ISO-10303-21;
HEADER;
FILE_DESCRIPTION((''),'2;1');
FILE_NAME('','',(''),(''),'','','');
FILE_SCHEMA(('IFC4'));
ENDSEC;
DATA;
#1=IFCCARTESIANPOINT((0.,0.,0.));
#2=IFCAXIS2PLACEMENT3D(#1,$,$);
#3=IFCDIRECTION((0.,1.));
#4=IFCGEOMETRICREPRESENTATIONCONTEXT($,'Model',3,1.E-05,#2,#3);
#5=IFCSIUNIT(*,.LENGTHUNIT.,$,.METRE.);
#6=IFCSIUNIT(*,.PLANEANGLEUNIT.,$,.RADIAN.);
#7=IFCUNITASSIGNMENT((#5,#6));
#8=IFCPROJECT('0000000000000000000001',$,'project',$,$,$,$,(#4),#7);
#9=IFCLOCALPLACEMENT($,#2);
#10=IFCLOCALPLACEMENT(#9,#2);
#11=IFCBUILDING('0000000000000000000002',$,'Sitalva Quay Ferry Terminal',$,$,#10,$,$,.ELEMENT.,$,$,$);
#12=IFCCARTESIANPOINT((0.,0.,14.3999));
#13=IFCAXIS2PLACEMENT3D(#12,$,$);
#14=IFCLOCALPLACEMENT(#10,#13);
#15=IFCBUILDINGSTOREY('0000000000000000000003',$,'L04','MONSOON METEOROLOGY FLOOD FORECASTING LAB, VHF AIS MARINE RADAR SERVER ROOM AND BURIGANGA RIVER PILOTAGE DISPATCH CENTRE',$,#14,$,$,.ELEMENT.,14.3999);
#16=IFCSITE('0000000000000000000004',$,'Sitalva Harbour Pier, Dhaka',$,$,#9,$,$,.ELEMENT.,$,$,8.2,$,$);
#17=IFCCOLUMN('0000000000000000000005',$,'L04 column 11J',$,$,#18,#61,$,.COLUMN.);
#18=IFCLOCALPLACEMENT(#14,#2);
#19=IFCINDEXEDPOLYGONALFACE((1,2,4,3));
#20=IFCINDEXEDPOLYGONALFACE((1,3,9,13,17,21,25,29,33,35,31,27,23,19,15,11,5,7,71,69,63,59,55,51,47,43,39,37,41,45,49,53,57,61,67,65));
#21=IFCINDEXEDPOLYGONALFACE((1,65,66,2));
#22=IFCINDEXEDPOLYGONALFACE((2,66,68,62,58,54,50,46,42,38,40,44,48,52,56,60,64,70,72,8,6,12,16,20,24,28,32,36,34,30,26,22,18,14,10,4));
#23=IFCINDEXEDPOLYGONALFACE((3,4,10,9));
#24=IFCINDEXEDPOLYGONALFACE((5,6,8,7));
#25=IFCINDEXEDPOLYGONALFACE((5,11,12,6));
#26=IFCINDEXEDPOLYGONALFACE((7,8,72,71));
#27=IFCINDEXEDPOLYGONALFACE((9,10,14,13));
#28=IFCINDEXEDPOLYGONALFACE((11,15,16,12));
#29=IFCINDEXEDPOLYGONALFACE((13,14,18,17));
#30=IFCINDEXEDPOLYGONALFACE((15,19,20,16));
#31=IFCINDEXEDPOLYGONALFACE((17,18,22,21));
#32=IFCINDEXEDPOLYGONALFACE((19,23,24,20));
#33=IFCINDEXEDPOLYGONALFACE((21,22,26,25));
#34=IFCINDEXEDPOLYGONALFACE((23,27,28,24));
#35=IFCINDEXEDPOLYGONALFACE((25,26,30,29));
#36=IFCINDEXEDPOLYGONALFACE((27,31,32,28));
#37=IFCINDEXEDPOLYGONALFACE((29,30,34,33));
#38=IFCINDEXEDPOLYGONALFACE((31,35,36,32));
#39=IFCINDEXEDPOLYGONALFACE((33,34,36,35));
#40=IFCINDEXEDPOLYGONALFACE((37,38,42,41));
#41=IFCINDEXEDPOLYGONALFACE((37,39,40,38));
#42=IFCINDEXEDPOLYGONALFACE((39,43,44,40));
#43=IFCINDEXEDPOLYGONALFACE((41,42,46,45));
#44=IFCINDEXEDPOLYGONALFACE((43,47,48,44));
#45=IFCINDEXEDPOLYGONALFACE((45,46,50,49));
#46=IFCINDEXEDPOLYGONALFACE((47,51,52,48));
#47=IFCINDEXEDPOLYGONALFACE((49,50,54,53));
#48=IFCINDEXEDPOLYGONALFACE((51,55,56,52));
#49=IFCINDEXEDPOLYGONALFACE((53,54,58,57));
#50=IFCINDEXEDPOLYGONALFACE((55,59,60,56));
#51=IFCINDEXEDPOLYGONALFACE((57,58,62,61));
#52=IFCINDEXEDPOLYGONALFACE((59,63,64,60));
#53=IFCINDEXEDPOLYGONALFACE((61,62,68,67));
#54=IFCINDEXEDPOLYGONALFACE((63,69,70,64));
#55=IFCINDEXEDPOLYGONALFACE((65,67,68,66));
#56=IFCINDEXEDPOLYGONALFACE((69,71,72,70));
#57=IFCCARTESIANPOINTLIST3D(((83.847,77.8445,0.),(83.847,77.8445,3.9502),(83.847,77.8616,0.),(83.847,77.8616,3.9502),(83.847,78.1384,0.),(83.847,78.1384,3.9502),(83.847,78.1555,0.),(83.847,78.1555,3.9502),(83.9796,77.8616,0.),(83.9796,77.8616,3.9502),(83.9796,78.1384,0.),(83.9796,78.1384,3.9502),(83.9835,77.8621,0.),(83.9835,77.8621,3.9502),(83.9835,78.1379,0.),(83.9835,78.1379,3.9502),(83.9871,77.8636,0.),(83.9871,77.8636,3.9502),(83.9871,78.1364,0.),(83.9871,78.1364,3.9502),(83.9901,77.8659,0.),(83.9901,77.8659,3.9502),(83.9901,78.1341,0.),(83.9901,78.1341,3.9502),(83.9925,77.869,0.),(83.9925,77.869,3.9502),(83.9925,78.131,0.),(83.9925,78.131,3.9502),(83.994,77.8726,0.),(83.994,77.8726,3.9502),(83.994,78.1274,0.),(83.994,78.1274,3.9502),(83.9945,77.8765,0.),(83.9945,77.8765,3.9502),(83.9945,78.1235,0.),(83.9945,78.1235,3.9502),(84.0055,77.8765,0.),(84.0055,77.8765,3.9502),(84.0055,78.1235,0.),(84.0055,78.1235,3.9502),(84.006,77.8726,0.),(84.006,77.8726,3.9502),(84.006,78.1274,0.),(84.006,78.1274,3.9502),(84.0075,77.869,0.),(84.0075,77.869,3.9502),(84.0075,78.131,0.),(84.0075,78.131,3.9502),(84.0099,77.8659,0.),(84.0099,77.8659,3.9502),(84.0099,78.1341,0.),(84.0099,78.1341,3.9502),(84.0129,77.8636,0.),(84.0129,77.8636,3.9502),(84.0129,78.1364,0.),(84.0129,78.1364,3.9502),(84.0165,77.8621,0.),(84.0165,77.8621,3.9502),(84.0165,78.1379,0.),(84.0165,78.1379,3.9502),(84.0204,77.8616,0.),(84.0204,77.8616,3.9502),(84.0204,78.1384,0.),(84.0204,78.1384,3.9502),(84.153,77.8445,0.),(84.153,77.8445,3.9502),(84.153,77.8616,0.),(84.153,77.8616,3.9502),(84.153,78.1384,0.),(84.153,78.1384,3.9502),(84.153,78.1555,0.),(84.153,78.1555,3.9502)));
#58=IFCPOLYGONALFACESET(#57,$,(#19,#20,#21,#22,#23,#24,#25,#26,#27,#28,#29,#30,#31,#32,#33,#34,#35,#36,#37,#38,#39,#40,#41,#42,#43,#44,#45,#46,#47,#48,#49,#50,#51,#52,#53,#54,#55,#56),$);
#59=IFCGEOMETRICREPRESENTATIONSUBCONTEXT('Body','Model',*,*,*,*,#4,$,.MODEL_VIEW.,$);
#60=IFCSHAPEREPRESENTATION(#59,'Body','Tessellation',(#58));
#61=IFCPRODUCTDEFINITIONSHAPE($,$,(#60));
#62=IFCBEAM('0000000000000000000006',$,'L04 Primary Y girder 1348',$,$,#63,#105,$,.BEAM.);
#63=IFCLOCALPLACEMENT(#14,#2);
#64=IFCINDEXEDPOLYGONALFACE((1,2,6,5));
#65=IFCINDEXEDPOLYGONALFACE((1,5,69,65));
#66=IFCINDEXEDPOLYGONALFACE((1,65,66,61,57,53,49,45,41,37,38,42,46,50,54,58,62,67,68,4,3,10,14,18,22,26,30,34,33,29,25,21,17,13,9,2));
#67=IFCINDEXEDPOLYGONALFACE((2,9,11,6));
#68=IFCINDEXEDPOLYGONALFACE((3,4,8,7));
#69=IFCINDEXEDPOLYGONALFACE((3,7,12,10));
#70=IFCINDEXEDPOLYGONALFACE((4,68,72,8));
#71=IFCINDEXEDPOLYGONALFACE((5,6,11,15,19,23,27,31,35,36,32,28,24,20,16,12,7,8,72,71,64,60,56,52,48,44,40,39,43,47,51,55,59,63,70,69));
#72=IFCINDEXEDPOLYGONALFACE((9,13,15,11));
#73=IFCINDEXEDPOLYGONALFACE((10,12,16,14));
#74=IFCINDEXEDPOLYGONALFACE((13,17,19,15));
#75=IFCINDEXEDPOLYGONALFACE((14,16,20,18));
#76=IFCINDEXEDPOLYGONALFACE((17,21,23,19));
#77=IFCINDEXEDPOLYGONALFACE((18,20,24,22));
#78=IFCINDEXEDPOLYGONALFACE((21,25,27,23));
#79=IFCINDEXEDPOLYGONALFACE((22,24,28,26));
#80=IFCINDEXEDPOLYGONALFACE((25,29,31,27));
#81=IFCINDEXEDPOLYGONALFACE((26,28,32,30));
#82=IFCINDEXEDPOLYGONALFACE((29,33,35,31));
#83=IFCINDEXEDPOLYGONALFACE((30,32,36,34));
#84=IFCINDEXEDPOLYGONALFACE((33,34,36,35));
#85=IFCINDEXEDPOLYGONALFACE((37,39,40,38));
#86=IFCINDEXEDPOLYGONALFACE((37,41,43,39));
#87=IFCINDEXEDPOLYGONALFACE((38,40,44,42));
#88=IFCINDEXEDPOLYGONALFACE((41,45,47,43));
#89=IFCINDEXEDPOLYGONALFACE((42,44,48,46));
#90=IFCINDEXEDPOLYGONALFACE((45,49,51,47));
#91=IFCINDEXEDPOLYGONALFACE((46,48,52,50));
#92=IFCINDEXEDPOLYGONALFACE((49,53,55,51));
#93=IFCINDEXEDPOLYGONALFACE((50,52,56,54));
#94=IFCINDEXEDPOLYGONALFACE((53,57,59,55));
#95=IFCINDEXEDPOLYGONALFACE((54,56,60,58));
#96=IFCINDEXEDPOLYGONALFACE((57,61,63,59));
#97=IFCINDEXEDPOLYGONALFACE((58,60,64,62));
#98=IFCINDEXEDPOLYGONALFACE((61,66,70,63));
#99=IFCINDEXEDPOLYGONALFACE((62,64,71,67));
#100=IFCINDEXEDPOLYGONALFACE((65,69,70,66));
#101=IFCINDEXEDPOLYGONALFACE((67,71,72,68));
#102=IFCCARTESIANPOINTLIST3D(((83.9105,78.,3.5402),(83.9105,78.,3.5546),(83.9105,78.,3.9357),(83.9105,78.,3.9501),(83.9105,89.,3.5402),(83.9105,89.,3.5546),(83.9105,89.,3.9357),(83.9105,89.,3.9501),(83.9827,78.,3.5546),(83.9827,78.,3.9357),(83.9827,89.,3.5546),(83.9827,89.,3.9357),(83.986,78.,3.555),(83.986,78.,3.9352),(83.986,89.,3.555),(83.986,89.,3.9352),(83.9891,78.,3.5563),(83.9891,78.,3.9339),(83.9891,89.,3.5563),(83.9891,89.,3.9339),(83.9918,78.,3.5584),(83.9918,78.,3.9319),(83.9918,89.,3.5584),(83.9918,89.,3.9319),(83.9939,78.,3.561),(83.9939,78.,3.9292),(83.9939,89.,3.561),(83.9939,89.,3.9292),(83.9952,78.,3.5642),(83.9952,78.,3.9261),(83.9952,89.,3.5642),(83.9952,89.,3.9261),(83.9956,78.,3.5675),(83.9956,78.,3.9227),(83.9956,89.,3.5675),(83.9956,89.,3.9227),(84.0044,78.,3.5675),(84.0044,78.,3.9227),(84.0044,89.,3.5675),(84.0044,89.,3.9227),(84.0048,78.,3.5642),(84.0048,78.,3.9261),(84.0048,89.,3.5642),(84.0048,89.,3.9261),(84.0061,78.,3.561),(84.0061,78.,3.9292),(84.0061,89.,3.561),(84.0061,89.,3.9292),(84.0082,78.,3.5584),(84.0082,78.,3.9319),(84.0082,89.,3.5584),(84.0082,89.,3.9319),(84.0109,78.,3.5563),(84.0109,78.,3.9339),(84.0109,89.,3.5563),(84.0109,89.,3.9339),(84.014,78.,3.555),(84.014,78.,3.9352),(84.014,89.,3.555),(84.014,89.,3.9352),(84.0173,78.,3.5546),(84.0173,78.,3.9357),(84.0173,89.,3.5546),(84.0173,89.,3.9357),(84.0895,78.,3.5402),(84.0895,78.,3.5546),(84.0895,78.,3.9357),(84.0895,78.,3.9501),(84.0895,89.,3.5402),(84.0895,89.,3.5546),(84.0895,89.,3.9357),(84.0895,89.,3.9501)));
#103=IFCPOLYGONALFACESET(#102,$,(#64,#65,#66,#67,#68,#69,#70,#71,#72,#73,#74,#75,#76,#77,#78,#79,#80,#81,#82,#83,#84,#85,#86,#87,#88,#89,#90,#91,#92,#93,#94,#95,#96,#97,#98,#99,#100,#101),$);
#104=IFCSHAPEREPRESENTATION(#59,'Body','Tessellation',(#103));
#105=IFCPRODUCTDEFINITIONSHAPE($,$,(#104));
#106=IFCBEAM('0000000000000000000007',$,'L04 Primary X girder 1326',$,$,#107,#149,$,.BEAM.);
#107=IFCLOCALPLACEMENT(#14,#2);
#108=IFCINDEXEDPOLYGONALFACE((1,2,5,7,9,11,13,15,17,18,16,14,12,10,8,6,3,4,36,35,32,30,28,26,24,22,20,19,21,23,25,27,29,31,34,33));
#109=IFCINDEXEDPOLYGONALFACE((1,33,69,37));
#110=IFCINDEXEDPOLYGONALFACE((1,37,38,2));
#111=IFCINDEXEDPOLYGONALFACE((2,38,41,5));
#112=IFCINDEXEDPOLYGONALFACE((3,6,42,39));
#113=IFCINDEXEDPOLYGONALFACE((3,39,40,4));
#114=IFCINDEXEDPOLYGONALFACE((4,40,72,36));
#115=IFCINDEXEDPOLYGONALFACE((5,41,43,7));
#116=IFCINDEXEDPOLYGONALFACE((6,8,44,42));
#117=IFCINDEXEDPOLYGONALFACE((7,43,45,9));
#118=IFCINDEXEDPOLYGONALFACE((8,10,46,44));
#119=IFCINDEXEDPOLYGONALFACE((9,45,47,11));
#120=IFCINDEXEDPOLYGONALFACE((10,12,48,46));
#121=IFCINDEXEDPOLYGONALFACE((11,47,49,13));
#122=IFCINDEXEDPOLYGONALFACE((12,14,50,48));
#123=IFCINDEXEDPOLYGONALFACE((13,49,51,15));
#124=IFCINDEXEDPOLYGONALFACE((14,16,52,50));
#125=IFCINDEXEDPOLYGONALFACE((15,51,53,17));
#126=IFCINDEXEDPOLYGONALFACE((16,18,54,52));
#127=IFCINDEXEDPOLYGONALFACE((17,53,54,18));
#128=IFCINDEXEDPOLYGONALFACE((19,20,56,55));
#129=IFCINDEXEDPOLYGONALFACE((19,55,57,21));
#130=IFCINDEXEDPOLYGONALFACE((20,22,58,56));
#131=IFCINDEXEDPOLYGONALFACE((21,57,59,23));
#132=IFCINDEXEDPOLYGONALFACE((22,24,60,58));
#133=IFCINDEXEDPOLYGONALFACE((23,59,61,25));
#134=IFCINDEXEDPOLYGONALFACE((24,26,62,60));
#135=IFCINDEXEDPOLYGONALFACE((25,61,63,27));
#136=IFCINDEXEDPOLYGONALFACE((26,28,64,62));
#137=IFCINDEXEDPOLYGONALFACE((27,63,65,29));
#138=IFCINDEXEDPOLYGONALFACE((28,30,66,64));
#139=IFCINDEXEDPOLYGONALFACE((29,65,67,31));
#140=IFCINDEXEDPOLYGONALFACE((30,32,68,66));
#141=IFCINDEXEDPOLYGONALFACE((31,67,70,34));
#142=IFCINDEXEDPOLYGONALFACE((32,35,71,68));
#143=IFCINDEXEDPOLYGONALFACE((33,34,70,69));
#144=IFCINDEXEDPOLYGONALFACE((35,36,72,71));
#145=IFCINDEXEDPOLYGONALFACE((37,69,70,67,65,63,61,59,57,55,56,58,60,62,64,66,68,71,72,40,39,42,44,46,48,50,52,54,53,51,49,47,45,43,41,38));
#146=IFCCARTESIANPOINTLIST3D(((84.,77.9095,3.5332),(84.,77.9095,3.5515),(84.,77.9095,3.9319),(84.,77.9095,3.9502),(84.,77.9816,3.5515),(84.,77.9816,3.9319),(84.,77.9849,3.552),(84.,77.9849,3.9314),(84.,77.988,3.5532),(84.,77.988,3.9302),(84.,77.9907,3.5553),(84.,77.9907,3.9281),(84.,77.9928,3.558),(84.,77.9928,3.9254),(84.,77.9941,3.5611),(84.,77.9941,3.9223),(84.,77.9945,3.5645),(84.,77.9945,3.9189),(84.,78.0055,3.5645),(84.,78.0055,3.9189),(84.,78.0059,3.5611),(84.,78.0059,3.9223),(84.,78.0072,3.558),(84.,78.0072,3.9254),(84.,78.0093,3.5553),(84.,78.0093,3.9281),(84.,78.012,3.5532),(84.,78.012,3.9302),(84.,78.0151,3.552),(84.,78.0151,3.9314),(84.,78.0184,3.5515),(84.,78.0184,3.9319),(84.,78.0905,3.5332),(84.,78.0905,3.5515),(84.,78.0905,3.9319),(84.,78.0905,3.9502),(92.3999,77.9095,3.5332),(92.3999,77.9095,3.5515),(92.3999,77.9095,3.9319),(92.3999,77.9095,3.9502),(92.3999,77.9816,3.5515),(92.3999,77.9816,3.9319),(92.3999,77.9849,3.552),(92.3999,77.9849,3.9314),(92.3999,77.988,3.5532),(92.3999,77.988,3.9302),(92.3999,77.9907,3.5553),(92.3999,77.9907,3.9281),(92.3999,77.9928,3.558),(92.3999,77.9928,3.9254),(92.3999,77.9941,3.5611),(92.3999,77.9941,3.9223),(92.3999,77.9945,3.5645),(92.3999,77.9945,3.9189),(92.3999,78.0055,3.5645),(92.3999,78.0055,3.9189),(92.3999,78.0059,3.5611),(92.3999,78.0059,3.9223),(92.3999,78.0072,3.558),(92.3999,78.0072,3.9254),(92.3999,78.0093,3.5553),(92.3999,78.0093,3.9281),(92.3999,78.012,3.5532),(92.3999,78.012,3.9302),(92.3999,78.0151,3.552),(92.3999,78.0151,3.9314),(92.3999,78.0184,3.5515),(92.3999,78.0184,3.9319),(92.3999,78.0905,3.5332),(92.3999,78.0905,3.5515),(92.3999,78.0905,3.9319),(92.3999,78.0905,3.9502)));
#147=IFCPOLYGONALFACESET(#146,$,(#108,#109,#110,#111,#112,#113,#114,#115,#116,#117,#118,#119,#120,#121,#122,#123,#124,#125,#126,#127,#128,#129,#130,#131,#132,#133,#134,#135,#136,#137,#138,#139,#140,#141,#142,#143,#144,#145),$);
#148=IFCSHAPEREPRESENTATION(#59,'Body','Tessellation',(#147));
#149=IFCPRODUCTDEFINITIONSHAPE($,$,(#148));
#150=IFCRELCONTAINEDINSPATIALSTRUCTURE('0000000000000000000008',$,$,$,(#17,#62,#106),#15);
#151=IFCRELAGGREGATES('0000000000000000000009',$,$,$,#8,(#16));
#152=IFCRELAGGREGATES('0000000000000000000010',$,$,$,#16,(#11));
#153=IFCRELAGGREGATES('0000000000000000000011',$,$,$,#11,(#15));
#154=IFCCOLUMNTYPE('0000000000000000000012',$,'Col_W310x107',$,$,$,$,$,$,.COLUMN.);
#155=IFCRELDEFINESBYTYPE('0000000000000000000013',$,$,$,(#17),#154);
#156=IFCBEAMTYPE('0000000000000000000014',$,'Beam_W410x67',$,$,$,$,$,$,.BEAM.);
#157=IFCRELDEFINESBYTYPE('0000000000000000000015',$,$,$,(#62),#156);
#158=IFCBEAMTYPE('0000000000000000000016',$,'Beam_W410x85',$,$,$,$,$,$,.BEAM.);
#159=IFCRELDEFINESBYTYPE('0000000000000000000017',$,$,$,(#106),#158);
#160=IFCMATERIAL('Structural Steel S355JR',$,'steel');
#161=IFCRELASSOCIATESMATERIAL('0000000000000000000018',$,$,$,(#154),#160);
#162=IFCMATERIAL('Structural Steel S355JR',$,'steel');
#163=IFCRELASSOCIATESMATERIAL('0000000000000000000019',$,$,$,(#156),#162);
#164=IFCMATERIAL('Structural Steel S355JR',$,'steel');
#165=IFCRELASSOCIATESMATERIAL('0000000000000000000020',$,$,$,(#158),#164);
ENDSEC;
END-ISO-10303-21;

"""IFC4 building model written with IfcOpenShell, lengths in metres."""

from ifc_helpers import new_model, si_unit, direction, frame, origin, origin_2d, place, context, subcontext, project, spatial, i_section, extrude, material, material_profile, profile_set, type_object, element, save


model = new_model("IFC4")

# Units and contexts
model_context = context("Model", 3, precision=1e-05, world=origin(), true_north=direction((0.0, 1.0)))
body_context = subcontext(model_context, "Body", "Model", "MODEL_VIEW")
ifc_project = project(units=[si_unit("LENGTHUNIT", "METRE"), si_unit("PLANEANGLEUNIT", "RADIAN")], contexts=[model_context])

# Site, building, storey
site_placement = place(None, origin())
site = spatial("IfcSite", under=ifc_project, at=site_placement, Name="Sitalva Harbour Pier, Dhaka", CompositionType="ELEMENT", RefElevation=8.2)
building_placement = place(site_placement, origin())
building = spatial("IfcBuilding", under=site, at=building_placement, Name="Sitalva Quay Ferry Terminal", CompositionType="ELEMENT")
storey_placement = place(building_placement, frame((0.0, 0.0, 14.3999)))
storey = spatial("IfcBuildingStorey", under=building, at=storey_placement, Name="L04", Description="MONSOON METEOROLOGY FLOOD FORECASTING LAB, VHF AIS MARINE RADAR SERVER ROOM AND BURIGANGA RIVER PILOTAGE DISPATCH CENTRE", CompositionType="ELEMENT", Elevation=14.3999)

# Column
ifc_material_1 = material(Name="Structural Steel S355JR", Category="steel")
ifc_material_profile_1 = material_profile(ifc_material_1, i_section(OverallWidth=0.3059, OverallDepth=0.311, WebThickness=0.011, FlangeThickness=0.0171, FilletRadius=0.0149, at=origin_2d()), Name="W310x107")
ifc_profile_set_1 = profile_set([ifc_material_profile_1], Name="Structural Steel S355JR")
column_type = type_object("IfcColumnType", Name="Col_W310x107", PredefinedType="COLUMN", material=ifc_profile_set_1)
column_placement = place(storey_placement, frame((84.0, 78.0, 0.0), z_axis=(0.0, 0.0, 1.0), x_axis=(1.0, 0.0, 0.0)))
element("IfcColumn", 1, at=column_placement, inside=storey, type_object=column_type, Name="L04 column 11J", PredefinedType="COLUMN", context=body_context, shape_type="SweptSolid", body=[
    extrude(i_section(OverallWidth=0.3059, OverallDepth=0.311, WebThickness=0.011, FlangeThickness=0.0171, FilletRadius=0.0149, at=origin_2d()), origin(), (0.0, 0.0, 1.0), 3.9502),
])

# Beams
ifc_material_2 = material(Name="Structural Steel S355JR", Category="steel")
ifc_material_profile_2 = material_profile(ifc_material_2, i_section(OverallWidth=0.179, OverallDepth=0.4099, WebThickness=0.0088, FlangeThickness=0.0144, FilletRadius=0.0129, at=origin_2d()), Name="W410x67")
ifc_profile_set_2 = profile_set([ifc_material_profile_2], Name="Structural Steel S355JR")
beam_type_1 = type_object("IfcBeamType", Name="Beam_W410x67", PredefinedType="BEAM", material=ifc_profile_set_2)
beam_1_placement = place(storey_placement, frame((84.0, 78.0, 3.7451), z_axis=(0.0, 1.0, 0.0), x_axis=(-1.0, 0.0, 0.0)))
element("IfcBeam", 2, at=beam_1_placement, inside=storey, type_object=beam_type_1, Name="L04 Primary Y girder 1348", PredefinedType="BEAM", context=body_context, shape_type="SweptSolid", body=[
    extrude(i_section(OverallWidth=0.179, OverallDepth=0.4099, WebThickness=0.0088, FlangeThickness=0.0144, FilletRadius=0.0129, at=origin_2d()), origin(), (0.0, 0.0, 1.0), 11.0),
])
ifc_material_3 = material(Name="Structural Steel S355JR", Category="steel")
ifc_material_profile_3 = material_profile(ifc_material_3, i_section(OverallWidth=0.1809, OverallDepth=0.417, WebThickness=0.011, FlangeThickness=0.0183, FilletRadius=0.0129, at=origin_2d()), Name="W410x85")
ifc_profile_set_3 = profile_set([ifc_material_profile_3], Name="Structural Steel S355JR")
beam_type_2 = type_object("IfcBeamType", Name="Beam_W410x85", PredefinedType="BEAM", material=ifc_profile_set_3)
beam_2_placement = place(storey_placement, frame((84.0, 78.0, 3.7417), z_axis=(1.0, 0.0, 0.0), x_axis=(0.0, 1.0, 0.0)))
element("IfcBeam", 3, at=beam_2_placement, inside=storey, type_object=beam_type_2, Name="L04 Primary X girder 1326", PredefinedType="BEAM", context=body_context, shape_type="SweptSolid", body=[
    extrude(i_section(OverallWidth=0.1809, OverallDepth=0.417, WebThickness=0.011, FlangeThickness=0.0183, FilletRadius=0.0129, at=origin_2d()), origin(), (0.0, 0.0, 1.0), 8.3999),
])

save(model, "model.ifc")
